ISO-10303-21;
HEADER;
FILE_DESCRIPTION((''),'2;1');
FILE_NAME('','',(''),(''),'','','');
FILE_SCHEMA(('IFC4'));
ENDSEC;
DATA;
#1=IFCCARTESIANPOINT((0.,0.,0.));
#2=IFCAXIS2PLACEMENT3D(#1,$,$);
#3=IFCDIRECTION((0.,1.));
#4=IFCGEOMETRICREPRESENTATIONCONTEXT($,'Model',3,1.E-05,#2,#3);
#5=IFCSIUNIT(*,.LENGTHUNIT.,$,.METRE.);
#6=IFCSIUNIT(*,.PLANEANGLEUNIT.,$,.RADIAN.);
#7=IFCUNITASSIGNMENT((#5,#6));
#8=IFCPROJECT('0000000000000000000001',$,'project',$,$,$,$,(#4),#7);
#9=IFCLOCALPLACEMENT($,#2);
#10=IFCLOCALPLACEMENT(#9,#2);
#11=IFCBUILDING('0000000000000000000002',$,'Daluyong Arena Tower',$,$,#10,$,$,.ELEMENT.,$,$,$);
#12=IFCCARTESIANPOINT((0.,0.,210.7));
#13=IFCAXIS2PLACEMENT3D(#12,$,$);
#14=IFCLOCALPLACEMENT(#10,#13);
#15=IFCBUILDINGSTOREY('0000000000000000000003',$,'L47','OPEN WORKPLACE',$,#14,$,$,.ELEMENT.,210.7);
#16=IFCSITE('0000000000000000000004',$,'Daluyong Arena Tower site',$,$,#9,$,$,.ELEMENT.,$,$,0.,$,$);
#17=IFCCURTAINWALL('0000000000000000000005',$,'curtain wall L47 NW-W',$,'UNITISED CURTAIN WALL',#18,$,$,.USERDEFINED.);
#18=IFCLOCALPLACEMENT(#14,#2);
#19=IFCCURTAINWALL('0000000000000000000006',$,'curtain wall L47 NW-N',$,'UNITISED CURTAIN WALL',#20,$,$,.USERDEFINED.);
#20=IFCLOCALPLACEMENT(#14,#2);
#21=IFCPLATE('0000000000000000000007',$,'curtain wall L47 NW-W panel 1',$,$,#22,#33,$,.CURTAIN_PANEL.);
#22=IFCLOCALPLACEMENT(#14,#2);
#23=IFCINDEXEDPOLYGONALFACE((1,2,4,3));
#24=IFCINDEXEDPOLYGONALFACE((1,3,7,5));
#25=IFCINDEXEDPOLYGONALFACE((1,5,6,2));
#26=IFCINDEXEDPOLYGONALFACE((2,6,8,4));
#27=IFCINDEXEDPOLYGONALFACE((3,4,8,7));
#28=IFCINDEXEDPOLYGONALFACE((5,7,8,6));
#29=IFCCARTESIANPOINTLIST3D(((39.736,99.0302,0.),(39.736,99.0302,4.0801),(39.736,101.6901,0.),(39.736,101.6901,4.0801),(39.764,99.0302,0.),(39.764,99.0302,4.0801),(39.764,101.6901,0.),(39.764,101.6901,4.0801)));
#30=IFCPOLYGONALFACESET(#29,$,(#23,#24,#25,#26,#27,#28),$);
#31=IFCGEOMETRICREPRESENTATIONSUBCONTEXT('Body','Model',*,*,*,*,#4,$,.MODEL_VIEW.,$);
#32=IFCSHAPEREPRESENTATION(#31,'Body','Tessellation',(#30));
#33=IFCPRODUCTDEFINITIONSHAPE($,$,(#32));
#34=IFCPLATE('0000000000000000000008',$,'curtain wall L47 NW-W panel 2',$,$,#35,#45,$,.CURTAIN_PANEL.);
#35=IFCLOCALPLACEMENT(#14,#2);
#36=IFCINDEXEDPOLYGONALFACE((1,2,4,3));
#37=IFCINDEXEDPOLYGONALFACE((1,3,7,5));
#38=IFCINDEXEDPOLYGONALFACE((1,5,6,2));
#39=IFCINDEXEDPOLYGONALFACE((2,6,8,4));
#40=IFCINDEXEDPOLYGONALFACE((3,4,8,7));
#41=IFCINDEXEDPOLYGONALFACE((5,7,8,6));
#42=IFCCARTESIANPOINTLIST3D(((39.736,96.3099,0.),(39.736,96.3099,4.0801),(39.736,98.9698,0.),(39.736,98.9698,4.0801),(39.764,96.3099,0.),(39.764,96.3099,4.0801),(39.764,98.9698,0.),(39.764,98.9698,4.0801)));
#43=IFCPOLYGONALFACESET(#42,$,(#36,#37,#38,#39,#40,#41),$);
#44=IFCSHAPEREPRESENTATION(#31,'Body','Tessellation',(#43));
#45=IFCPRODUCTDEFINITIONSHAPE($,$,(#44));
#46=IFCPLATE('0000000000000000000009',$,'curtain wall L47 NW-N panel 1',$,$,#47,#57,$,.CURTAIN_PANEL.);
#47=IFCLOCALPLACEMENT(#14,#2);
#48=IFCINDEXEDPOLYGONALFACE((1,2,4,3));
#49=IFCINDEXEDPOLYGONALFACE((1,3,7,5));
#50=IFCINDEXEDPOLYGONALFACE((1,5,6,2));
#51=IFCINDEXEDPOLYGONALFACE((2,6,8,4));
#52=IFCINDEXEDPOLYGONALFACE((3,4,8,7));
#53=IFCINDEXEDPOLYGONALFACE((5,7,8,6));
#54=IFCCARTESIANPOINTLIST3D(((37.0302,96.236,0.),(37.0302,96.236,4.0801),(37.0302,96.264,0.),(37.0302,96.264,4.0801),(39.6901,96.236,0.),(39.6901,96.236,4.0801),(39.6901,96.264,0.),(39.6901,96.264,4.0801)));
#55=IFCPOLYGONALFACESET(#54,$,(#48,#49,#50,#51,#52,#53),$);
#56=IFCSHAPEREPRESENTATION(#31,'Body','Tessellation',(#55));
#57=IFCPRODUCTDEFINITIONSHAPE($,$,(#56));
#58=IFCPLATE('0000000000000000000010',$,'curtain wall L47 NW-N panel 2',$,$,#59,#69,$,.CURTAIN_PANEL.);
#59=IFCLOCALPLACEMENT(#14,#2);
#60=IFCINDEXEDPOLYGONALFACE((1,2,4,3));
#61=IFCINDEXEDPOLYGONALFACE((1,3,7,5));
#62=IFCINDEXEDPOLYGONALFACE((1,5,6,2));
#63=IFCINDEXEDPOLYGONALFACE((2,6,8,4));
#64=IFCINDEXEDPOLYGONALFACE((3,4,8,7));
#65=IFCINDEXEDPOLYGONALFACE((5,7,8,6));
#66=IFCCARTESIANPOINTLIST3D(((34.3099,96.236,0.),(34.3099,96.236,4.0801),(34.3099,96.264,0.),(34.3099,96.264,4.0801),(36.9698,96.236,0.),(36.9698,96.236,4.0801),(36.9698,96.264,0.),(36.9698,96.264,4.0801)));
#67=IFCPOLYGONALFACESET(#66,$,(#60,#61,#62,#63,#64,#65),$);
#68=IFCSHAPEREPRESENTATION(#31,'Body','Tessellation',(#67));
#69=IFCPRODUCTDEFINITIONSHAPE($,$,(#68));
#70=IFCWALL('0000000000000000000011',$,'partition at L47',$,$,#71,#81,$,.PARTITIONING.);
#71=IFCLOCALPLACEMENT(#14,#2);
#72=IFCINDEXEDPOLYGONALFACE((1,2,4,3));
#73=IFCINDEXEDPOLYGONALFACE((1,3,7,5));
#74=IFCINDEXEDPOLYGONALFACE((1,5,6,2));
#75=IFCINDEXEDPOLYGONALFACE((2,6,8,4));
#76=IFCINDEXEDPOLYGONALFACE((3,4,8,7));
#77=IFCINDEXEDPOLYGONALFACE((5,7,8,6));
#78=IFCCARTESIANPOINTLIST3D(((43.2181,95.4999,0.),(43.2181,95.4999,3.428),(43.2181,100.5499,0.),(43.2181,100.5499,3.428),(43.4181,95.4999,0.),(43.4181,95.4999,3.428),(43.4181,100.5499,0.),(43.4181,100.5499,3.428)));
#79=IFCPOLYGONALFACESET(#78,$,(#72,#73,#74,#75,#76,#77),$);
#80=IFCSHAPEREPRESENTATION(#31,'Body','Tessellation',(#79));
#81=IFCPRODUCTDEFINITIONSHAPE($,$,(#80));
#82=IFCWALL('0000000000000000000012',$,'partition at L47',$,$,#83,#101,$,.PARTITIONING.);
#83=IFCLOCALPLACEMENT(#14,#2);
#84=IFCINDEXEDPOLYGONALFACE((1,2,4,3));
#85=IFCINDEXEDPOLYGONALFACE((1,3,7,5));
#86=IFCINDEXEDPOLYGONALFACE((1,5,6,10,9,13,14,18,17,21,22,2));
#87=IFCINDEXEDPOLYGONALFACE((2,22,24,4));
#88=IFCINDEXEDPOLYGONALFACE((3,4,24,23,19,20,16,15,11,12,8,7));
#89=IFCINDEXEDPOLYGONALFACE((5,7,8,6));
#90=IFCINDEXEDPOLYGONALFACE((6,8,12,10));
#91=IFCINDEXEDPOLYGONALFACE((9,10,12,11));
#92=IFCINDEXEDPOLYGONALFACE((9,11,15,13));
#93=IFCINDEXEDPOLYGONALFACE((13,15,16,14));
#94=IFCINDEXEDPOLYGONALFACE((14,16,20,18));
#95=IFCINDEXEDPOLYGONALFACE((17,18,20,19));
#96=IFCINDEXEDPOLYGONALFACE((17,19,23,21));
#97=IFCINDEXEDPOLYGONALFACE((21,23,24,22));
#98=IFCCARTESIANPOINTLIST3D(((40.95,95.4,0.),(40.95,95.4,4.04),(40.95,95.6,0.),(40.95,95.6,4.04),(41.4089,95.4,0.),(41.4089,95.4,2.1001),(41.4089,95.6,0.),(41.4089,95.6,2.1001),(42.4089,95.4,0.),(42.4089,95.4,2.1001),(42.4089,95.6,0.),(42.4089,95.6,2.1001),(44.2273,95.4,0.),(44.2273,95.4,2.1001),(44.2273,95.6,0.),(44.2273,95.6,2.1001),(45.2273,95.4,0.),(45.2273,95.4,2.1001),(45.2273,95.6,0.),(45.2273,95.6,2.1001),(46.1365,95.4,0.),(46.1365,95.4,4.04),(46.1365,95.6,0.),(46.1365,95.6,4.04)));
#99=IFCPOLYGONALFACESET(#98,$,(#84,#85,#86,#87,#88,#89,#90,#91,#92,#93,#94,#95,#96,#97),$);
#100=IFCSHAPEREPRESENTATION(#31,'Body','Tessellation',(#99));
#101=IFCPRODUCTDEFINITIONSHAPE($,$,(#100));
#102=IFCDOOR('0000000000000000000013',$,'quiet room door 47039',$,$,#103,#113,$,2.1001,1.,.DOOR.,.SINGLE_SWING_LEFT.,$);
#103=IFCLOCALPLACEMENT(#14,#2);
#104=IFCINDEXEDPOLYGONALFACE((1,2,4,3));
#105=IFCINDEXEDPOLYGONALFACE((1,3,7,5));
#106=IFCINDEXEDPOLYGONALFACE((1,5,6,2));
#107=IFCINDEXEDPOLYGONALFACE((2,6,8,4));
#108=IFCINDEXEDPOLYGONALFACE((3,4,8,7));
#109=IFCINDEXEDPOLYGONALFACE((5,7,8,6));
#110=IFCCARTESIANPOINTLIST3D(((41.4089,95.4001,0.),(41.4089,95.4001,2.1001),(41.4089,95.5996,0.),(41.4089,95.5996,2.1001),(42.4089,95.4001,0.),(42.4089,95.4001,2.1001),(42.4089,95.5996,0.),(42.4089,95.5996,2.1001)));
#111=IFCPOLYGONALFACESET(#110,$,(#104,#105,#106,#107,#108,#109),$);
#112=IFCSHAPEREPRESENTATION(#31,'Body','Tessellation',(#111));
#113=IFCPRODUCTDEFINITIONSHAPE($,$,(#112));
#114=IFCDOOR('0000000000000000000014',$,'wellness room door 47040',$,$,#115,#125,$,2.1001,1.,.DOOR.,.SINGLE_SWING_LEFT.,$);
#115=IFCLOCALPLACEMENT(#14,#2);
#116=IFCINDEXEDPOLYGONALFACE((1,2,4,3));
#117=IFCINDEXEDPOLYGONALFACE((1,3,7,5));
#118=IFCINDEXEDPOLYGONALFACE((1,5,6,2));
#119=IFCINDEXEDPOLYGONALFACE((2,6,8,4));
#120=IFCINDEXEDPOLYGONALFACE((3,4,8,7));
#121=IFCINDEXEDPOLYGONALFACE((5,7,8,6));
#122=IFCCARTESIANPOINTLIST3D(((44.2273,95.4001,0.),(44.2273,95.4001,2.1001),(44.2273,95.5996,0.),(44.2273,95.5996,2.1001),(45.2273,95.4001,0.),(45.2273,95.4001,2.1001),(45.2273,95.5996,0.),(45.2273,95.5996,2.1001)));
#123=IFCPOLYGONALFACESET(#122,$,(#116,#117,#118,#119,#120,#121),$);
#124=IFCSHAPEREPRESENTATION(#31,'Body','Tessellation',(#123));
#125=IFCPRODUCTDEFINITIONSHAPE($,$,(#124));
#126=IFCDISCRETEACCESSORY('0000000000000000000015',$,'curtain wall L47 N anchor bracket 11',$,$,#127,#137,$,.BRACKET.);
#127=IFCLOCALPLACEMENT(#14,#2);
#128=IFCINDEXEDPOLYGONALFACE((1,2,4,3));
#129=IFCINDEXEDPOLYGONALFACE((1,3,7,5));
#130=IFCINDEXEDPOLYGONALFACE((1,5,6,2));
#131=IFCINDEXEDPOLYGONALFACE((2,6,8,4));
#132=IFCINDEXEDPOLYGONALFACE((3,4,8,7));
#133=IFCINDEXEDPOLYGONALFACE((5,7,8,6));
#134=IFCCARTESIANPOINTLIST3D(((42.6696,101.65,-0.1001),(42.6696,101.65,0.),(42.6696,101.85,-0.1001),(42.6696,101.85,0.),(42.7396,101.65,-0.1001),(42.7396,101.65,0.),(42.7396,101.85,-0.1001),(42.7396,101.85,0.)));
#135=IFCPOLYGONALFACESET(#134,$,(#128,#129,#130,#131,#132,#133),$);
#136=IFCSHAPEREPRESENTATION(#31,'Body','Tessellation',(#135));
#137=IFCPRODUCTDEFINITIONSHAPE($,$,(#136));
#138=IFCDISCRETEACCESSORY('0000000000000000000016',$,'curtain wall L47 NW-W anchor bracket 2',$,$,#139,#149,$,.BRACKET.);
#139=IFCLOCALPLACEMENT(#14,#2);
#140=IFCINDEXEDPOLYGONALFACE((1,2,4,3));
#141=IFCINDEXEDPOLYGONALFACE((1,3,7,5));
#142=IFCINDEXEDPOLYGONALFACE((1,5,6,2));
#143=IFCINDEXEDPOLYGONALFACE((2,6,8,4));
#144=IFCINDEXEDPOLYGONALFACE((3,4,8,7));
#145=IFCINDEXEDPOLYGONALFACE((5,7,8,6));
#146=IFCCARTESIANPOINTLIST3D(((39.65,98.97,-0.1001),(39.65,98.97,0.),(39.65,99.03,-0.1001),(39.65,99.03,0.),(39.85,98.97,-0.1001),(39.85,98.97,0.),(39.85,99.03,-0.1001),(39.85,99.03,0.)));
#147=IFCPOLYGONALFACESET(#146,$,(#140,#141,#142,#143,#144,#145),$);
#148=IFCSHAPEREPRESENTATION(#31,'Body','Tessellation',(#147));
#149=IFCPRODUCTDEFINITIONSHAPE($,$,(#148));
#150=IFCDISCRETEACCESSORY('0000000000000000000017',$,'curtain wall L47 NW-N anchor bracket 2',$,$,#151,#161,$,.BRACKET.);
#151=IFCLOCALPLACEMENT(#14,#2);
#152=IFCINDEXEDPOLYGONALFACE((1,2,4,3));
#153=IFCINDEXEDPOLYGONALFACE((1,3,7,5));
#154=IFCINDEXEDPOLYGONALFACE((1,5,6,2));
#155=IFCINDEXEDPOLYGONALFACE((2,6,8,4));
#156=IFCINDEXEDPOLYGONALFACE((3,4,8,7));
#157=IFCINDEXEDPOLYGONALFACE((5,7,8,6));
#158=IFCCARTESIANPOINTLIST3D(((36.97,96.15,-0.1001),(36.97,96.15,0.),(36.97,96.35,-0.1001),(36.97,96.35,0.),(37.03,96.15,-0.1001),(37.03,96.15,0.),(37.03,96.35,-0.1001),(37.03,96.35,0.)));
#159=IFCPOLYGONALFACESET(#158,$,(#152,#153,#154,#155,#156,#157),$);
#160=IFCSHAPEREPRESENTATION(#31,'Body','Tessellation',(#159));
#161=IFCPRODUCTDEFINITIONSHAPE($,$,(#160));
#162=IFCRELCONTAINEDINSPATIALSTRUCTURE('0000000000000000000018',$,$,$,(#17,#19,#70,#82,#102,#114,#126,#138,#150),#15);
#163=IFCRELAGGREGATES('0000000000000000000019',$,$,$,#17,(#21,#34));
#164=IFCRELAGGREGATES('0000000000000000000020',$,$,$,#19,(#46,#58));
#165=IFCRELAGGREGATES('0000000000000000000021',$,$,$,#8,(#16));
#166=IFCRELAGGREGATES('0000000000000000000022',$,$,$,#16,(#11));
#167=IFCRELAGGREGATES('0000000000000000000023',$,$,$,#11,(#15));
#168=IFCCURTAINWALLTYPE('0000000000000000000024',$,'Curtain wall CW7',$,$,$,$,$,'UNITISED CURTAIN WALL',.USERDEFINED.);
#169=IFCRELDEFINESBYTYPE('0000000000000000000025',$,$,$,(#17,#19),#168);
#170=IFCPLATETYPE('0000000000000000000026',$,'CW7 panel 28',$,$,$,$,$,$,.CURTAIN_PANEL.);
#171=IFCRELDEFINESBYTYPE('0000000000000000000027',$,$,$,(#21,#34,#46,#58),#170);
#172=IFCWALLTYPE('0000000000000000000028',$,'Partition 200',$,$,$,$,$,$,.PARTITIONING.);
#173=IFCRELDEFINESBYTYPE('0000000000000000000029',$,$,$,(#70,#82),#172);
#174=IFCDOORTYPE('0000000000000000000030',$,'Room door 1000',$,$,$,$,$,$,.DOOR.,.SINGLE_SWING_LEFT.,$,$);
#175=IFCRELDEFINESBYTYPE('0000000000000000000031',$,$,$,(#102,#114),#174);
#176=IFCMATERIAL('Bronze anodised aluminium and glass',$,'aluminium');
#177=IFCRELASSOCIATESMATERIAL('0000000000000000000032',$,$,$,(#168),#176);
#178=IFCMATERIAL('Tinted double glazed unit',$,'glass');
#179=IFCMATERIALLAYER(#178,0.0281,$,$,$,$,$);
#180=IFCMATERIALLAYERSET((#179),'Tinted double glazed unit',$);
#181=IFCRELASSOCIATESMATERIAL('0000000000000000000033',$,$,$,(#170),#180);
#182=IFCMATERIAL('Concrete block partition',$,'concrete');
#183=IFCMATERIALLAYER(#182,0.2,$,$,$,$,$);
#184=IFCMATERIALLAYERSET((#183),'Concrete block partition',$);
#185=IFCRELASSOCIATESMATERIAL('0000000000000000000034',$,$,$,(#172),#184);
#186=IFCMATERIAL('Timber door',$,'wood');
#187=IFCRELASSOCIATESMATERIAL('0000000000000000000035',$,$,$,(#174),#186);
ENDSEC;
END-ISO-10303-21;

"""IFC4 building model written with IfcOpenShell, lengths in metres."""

from ifc_helpers import new_model, si_unit, direction, frame, frame_2d, origin, origin_2d, place, context, subcontext, project, spatial, rectangle, extrude, material, layer, layer_set, type_object, element, fill, aggregate, save


model = new_model("IFC4")

# Units and contexts
model_context = context("Model", 3, precision=1e-05, world=origin(), true_north=direction((0.0, 1.0)))
body_context = subcontext(model_context, "Body", "Model", "MODEL_VIEW")
ifc_project = project(units=[si_unit("LENGTHUNIT", "METRE"), si_unit("PLANEANGLEUNIT", "RADIAN")], contexts=[model_context])

# Site, building, storey
site_placement = place(None, origin())
site = spatial("IfcSite", under=ifc_project, at=site_placement, Name="Daluyong Arena Tower site", CompositionType="ELEMENT", RefElevation=0.0)
building_placement = place(site_placement, origin())
building = spatial("IfcBuilding", under=site, at=building_placement, Name="Daluyong Arena Tower", CompositionType="ELEMENT")
storey_placement = place(building_placement, frame((0.0, 0.0, 210.7)))
storey = spatial("IfcBuildingStorey", under=building, at=storey_placement, Name="L47", Description="OPEN WORKPLACE", CompositionType="ELEMENT", Elevation=210.7)

# Curtain walls
ifc_material_1 = material(Name="Bronze anodised aluminium and glass", Category="aluminium")
curtain_wall_type_1 = type_object("IfcCurtainWallType", Name="Curtain wall CW7", ElementType="UNITISED CURTAIN WALL", PredefinedType="USERDEFINED", material=ifc_material_1)
curtain_wall_1_placement = place(storey_placement, origin())
curtain_wall_1 = element("IfcCurtainWall", 1, at=curtain_wall_1_placement, inside=storey, type_object=curtain_wall_type_1, Name="curtain wall L47 NW-W", ObjectType="UNITISED CURTAIN WALL", PredefinedType="USERDEFINED")
curtain_wall_2_placement = place(storey_placement, origin())
curtain_wall_2 = element("IfcCurtainWall", 2, at=curtain_wall_2_placement, inside=storey, type_object=curtain_wall_type_1, Name="curtain wall L47 NW-N", ObjectType="UNITISED CURTAIN WALL", PredefinedType="USERDEFINED")

# Plates
ifc_material_2 = material(Name="Tinted double glazed unit", Category="glass")
ifc_layer_1 = layer(ifc_material_2, 0.0281)
ifc_layer_set_1 = layer_set([ifc_layer_1], Name="Tinted double glazed unit")
plate_type_1 = type_object("IfcPlateType", Name="CW7 panel 28", PredefinedType="CURTAIN_PANEL", material=ifc_layer_set_1)
plate_1_placement = place(storey_placement, frame((39.75, 100.3601, 0.0), z_axis=(0.0, 0.0, 1.0), x_axis=(0.0, -1.0, 0.0)))
plate_1 = element("IfcPlate", 3, at=plate_1_placement, type_object=plate_type_1, Name="curtain wall L47 NW-W panel 1", PredefinedType="CURTAIN_PANEL", context=body_context, shape_type="SweptSolid", body=[
    extrude(rectangle(XDim=2.6599, YDim=0.0281, at=origin_2d()), origin(), (0.0, 0.0, 1.0), 4.0801),
])
plate_2_placement = place(storey_placement, frame((39.75, 97.6399, 0.0), z_axis=(0.0, 0.0, 1.0), x_axis=(0.0, -1.0, 0.0)))
plate_2 = element("IfcPlate", 4, at=plate_2_placement, type_object=plate_type_1, Name="curtain wall L47 NW-W panel 2", PredefinedType="CURTAIN_PANEL", context=body_context, shape_type="SweptSolid", body=[
    extrude(rectangle(XDim=2.6599, YDim=0.0281, at=origin_2d()), origin(), (0.0, 0.0, 1.0), 4.0801),
])
aggregate(curtain_wall_1, [plate_1, plate_2])
plate_3_placement = place(storey_placement, frame((38.3601, 96.25, 0.0), z_axis=(0.0, 0.0, 1.0), x_axis=(-1.0, 0.0, 0.0)))
plate_3 = element("IfcPlate", 5, at=plate_3_placement, type_object=plate_type_1, Name="curtain wall L47 NW-N panel 1", PredefinedType="CURTAIN_PANEL", context=body_context, shape_type="SweptSolid", body=[
    extrude(rectangle(XDim=2.6599, YDim=0.0281, at=origin_2d()), origin(), (0.0, 0.0, 1.0), 4.0801),
])
plate_4_placement = place(storey_placement, frame((35.6399, 96.25, 0.0), z_axis=(0.0, 0.0, 1.0), x_axis=(-1.0, 0.0, 0.0)))
plate_4 = element("IfcPlate", 6, at=plate_4_placement, type_object=plate_type_1, Name="curtain wall L47 NW-N panel 2", PredefinedType="CURTAIN_PANEL", context=body_context, shape_type="SweptSolid", body=[
    extrude(rectangle(XDim=2.6599, YDim=0.0281, at=origin_2d()), origin(), (0.0, 0.0, 1.0), 4.0801),
])
aggregate(curtain_wall_2, [plate_3, plate_4])

# Wall
ifc_material_3 = material(Name="Concrete block partition", Category="concrete")
ifc_layer_2 = layer(ifc_material_3, 0.2)
ifc_layer_set_2 = layer_set([ifc_layer_2], Name="Concrete block partition")
wall_type = type_object("IfcWallType", Name="Partition 200", PredefinedType="PARTITIONING", material=ifc_layer_set_2)
wall_1_placement = place(storey_placement, frame((43.3181, 95.5, 0.0), z_axis=(0.0, 0.0, 1.0), x_axis=(0.0, 1.0, 0.0)))
element("IfcWall", 7, at=wall_1_placement, inside=storey, type_object=wall_type, Name="partition at L47", PredefinedType="PARTITIONING", context=body_context, shape_type="SweptSolid", body=[
    extrude(rectangle(XDim=5.05, YDim=0.2, at=frame_2d((2.5249, 0.0))), origin(), (0.0, 0.0, 1.0), 3.428),
])

# Wall, openings, doors
wall_2_placement = place(storey_placement, frame((40.95, 95.5, 0.0), z_axis=(0.0, 0.0, 1.0), x_axis=(1.0, 0.0, 0.0)))
wall_2 = element("IfcWall", 8, at=wall_2_placement, inside=storey, type_object=wall_type, Name="partition at L47", PredefinedType="PARTITIONING", context=body_context, shape_type="SweptSolid", body=[
    extrude(rectangle(XDim=5.1865, YDim=0.2, at=frame_2d((2.5933, 0.0))), origin(), (0.0, 0.0, 1.0), 4.04),
])
opening_1_placement = place(wall_2_placement, frame((0.459, 0.0, 0.0)))
opening_1 = element("IfcOpeningElement", 9, at=opening_1_placement, cuts=wall_2, PredefinedType="OPENING", context=body_context, shape_type="SweptSolid", body=[
    extrude(rectangle(XDim=1.0, YDim=2.1001, at=frame_2d((0.5, 1.05))), frame((0.0, 0.1099, 0.0), z_axis=(0.0, -1.0, 0.0), x_axis=(1.0, 0.0, 0.0)), (0.0, 0.0, 1.0), 0.22),
])
opening_2_placement = place(wall_2_placement, frame((3.2773, 0.0, 0.0)))
opening_2 = element("IfcOpeningElement", 10, at=opening_2_placement, cuts=wall_2, PredefinedType="OPENING", context=body_context, shape_type="SweptSolid", body=[
    extrude(rectangle(XDim=1.0, YDim=2.1001, at=frame_2d((0.5, 1.05))), frame((0.0, 0.1099, 0.0), z_axis=(0.0, -1.0, 0.0), x_axis=(1.0, 0.0, 0.0)), (0.0, 0.0, 1.0), 0.22),
])
ifc_material_4 = material(Name="Timber door", Category="wood")
door_type = type_object("IfcDoorType", Name="Room door 1000", OperationType="SINGLE_SWING_LEFT", PredefinedType="DOOR", material=ifc_material_4)
door_1_placement = place(opening_1_placement, origin())
door_1 = element("IfcDoor", 11, at=door_1_placement, inside=storey, type_object=door_type, Name="quiet room door 47039", OperationType="SINGLE_SWING_LEFT", OverallHeight=2.1001, OverallWidth=1.0, PredefinedType="DOOR", context=body_context, shape_type="SweptSolid", body=[
    extrude(rectangle(XDim=1.0, YDim=2.1001, at=frame_2d((0.5, 1.05))), frame((0.0, 0.0996, 0.0), z_axis=(0.0, -1.0, 0.0), x_axis=(1.0, 0.0, 0.0)), (0.0, 0.0, 1.0), 0.1995),
])
fill(opening_1, door_1)
door_2_placement = place(opening_2_placement, origin())
door_2 = element("IfcDoor", 12, at=door_2_placement, inside=storey, type_object=door_type, Name="wellness room door 47040", OperationType="SINGLE_SWING_LEFT", OverallHeight=2.1001, OverallWidth=1.0, PredefinedType="DOOR", context=body_context, shape_type="SweptSolid", body=[
    extrude(rectangle(XDim=1.0, YDim=2.1001, at=frame_2d((0.5, 1.05))), frame((0.0, 0.0996, 0.0), z_axis=(0.0, -1.0, 0.0), x_axis=(1.0, 0.0, 0.0)), (0.0, 0.0, 1.0), 0.1995),
])
fill(opening_2, door_2)

# Discrete accessories
discrete_accessory_placement = place(storey_placement, frame((42.7046, 101.75, -0.1001), z_axis=(0.0, 0.0, 1.0), x_axis=(-1.0, 0.0, 0.0)))
element("IfcDiscreteAccessory", 13, at=discrete_accessory_placement, inside=storey, Name="curtain wall L47 N anchor bracket 11", PredefinedType="BRACKET", context=body_context, shape_type="SweptSolid", body=[
    extrude(rectangle(XDim=0.0701, YDim=0.2, at=origin_2d()), origin(), (0.0, 0.0, 1.0), 0.1001),
])
for number, where, z_axis, x_axis, name in (
    (14, (39.75, 99.0, -0.1001), (0.0, 0.0, 1.0), (0.0, -1.0, 0.0), "curtain wall L47 NW-W anchor bracket 2"),
    (15, (37.0, 96.25, -0.1001), (0.0, 0.0, 1.0), (-1.0, 0.0, 0.0), "curtain wall L47 NW-N anchor bracket 2"),
):
    element("IfcDiscreteAccessory", number, at=place(storey_placement, frame(where, z_axis=z_axis, x_axis=x_axis)), inside=storey, Name=name, PredefinedType="BRACKET", context=body_context, shape_type="SweptSolid", body=[
        extrude(rectangle(XDim=0.0601, YDim=0.2, at=origin_2d()), origin(), (0.0, 0.0, 1.0), 0.1001),
    ])

save(model, "model.ifc")
